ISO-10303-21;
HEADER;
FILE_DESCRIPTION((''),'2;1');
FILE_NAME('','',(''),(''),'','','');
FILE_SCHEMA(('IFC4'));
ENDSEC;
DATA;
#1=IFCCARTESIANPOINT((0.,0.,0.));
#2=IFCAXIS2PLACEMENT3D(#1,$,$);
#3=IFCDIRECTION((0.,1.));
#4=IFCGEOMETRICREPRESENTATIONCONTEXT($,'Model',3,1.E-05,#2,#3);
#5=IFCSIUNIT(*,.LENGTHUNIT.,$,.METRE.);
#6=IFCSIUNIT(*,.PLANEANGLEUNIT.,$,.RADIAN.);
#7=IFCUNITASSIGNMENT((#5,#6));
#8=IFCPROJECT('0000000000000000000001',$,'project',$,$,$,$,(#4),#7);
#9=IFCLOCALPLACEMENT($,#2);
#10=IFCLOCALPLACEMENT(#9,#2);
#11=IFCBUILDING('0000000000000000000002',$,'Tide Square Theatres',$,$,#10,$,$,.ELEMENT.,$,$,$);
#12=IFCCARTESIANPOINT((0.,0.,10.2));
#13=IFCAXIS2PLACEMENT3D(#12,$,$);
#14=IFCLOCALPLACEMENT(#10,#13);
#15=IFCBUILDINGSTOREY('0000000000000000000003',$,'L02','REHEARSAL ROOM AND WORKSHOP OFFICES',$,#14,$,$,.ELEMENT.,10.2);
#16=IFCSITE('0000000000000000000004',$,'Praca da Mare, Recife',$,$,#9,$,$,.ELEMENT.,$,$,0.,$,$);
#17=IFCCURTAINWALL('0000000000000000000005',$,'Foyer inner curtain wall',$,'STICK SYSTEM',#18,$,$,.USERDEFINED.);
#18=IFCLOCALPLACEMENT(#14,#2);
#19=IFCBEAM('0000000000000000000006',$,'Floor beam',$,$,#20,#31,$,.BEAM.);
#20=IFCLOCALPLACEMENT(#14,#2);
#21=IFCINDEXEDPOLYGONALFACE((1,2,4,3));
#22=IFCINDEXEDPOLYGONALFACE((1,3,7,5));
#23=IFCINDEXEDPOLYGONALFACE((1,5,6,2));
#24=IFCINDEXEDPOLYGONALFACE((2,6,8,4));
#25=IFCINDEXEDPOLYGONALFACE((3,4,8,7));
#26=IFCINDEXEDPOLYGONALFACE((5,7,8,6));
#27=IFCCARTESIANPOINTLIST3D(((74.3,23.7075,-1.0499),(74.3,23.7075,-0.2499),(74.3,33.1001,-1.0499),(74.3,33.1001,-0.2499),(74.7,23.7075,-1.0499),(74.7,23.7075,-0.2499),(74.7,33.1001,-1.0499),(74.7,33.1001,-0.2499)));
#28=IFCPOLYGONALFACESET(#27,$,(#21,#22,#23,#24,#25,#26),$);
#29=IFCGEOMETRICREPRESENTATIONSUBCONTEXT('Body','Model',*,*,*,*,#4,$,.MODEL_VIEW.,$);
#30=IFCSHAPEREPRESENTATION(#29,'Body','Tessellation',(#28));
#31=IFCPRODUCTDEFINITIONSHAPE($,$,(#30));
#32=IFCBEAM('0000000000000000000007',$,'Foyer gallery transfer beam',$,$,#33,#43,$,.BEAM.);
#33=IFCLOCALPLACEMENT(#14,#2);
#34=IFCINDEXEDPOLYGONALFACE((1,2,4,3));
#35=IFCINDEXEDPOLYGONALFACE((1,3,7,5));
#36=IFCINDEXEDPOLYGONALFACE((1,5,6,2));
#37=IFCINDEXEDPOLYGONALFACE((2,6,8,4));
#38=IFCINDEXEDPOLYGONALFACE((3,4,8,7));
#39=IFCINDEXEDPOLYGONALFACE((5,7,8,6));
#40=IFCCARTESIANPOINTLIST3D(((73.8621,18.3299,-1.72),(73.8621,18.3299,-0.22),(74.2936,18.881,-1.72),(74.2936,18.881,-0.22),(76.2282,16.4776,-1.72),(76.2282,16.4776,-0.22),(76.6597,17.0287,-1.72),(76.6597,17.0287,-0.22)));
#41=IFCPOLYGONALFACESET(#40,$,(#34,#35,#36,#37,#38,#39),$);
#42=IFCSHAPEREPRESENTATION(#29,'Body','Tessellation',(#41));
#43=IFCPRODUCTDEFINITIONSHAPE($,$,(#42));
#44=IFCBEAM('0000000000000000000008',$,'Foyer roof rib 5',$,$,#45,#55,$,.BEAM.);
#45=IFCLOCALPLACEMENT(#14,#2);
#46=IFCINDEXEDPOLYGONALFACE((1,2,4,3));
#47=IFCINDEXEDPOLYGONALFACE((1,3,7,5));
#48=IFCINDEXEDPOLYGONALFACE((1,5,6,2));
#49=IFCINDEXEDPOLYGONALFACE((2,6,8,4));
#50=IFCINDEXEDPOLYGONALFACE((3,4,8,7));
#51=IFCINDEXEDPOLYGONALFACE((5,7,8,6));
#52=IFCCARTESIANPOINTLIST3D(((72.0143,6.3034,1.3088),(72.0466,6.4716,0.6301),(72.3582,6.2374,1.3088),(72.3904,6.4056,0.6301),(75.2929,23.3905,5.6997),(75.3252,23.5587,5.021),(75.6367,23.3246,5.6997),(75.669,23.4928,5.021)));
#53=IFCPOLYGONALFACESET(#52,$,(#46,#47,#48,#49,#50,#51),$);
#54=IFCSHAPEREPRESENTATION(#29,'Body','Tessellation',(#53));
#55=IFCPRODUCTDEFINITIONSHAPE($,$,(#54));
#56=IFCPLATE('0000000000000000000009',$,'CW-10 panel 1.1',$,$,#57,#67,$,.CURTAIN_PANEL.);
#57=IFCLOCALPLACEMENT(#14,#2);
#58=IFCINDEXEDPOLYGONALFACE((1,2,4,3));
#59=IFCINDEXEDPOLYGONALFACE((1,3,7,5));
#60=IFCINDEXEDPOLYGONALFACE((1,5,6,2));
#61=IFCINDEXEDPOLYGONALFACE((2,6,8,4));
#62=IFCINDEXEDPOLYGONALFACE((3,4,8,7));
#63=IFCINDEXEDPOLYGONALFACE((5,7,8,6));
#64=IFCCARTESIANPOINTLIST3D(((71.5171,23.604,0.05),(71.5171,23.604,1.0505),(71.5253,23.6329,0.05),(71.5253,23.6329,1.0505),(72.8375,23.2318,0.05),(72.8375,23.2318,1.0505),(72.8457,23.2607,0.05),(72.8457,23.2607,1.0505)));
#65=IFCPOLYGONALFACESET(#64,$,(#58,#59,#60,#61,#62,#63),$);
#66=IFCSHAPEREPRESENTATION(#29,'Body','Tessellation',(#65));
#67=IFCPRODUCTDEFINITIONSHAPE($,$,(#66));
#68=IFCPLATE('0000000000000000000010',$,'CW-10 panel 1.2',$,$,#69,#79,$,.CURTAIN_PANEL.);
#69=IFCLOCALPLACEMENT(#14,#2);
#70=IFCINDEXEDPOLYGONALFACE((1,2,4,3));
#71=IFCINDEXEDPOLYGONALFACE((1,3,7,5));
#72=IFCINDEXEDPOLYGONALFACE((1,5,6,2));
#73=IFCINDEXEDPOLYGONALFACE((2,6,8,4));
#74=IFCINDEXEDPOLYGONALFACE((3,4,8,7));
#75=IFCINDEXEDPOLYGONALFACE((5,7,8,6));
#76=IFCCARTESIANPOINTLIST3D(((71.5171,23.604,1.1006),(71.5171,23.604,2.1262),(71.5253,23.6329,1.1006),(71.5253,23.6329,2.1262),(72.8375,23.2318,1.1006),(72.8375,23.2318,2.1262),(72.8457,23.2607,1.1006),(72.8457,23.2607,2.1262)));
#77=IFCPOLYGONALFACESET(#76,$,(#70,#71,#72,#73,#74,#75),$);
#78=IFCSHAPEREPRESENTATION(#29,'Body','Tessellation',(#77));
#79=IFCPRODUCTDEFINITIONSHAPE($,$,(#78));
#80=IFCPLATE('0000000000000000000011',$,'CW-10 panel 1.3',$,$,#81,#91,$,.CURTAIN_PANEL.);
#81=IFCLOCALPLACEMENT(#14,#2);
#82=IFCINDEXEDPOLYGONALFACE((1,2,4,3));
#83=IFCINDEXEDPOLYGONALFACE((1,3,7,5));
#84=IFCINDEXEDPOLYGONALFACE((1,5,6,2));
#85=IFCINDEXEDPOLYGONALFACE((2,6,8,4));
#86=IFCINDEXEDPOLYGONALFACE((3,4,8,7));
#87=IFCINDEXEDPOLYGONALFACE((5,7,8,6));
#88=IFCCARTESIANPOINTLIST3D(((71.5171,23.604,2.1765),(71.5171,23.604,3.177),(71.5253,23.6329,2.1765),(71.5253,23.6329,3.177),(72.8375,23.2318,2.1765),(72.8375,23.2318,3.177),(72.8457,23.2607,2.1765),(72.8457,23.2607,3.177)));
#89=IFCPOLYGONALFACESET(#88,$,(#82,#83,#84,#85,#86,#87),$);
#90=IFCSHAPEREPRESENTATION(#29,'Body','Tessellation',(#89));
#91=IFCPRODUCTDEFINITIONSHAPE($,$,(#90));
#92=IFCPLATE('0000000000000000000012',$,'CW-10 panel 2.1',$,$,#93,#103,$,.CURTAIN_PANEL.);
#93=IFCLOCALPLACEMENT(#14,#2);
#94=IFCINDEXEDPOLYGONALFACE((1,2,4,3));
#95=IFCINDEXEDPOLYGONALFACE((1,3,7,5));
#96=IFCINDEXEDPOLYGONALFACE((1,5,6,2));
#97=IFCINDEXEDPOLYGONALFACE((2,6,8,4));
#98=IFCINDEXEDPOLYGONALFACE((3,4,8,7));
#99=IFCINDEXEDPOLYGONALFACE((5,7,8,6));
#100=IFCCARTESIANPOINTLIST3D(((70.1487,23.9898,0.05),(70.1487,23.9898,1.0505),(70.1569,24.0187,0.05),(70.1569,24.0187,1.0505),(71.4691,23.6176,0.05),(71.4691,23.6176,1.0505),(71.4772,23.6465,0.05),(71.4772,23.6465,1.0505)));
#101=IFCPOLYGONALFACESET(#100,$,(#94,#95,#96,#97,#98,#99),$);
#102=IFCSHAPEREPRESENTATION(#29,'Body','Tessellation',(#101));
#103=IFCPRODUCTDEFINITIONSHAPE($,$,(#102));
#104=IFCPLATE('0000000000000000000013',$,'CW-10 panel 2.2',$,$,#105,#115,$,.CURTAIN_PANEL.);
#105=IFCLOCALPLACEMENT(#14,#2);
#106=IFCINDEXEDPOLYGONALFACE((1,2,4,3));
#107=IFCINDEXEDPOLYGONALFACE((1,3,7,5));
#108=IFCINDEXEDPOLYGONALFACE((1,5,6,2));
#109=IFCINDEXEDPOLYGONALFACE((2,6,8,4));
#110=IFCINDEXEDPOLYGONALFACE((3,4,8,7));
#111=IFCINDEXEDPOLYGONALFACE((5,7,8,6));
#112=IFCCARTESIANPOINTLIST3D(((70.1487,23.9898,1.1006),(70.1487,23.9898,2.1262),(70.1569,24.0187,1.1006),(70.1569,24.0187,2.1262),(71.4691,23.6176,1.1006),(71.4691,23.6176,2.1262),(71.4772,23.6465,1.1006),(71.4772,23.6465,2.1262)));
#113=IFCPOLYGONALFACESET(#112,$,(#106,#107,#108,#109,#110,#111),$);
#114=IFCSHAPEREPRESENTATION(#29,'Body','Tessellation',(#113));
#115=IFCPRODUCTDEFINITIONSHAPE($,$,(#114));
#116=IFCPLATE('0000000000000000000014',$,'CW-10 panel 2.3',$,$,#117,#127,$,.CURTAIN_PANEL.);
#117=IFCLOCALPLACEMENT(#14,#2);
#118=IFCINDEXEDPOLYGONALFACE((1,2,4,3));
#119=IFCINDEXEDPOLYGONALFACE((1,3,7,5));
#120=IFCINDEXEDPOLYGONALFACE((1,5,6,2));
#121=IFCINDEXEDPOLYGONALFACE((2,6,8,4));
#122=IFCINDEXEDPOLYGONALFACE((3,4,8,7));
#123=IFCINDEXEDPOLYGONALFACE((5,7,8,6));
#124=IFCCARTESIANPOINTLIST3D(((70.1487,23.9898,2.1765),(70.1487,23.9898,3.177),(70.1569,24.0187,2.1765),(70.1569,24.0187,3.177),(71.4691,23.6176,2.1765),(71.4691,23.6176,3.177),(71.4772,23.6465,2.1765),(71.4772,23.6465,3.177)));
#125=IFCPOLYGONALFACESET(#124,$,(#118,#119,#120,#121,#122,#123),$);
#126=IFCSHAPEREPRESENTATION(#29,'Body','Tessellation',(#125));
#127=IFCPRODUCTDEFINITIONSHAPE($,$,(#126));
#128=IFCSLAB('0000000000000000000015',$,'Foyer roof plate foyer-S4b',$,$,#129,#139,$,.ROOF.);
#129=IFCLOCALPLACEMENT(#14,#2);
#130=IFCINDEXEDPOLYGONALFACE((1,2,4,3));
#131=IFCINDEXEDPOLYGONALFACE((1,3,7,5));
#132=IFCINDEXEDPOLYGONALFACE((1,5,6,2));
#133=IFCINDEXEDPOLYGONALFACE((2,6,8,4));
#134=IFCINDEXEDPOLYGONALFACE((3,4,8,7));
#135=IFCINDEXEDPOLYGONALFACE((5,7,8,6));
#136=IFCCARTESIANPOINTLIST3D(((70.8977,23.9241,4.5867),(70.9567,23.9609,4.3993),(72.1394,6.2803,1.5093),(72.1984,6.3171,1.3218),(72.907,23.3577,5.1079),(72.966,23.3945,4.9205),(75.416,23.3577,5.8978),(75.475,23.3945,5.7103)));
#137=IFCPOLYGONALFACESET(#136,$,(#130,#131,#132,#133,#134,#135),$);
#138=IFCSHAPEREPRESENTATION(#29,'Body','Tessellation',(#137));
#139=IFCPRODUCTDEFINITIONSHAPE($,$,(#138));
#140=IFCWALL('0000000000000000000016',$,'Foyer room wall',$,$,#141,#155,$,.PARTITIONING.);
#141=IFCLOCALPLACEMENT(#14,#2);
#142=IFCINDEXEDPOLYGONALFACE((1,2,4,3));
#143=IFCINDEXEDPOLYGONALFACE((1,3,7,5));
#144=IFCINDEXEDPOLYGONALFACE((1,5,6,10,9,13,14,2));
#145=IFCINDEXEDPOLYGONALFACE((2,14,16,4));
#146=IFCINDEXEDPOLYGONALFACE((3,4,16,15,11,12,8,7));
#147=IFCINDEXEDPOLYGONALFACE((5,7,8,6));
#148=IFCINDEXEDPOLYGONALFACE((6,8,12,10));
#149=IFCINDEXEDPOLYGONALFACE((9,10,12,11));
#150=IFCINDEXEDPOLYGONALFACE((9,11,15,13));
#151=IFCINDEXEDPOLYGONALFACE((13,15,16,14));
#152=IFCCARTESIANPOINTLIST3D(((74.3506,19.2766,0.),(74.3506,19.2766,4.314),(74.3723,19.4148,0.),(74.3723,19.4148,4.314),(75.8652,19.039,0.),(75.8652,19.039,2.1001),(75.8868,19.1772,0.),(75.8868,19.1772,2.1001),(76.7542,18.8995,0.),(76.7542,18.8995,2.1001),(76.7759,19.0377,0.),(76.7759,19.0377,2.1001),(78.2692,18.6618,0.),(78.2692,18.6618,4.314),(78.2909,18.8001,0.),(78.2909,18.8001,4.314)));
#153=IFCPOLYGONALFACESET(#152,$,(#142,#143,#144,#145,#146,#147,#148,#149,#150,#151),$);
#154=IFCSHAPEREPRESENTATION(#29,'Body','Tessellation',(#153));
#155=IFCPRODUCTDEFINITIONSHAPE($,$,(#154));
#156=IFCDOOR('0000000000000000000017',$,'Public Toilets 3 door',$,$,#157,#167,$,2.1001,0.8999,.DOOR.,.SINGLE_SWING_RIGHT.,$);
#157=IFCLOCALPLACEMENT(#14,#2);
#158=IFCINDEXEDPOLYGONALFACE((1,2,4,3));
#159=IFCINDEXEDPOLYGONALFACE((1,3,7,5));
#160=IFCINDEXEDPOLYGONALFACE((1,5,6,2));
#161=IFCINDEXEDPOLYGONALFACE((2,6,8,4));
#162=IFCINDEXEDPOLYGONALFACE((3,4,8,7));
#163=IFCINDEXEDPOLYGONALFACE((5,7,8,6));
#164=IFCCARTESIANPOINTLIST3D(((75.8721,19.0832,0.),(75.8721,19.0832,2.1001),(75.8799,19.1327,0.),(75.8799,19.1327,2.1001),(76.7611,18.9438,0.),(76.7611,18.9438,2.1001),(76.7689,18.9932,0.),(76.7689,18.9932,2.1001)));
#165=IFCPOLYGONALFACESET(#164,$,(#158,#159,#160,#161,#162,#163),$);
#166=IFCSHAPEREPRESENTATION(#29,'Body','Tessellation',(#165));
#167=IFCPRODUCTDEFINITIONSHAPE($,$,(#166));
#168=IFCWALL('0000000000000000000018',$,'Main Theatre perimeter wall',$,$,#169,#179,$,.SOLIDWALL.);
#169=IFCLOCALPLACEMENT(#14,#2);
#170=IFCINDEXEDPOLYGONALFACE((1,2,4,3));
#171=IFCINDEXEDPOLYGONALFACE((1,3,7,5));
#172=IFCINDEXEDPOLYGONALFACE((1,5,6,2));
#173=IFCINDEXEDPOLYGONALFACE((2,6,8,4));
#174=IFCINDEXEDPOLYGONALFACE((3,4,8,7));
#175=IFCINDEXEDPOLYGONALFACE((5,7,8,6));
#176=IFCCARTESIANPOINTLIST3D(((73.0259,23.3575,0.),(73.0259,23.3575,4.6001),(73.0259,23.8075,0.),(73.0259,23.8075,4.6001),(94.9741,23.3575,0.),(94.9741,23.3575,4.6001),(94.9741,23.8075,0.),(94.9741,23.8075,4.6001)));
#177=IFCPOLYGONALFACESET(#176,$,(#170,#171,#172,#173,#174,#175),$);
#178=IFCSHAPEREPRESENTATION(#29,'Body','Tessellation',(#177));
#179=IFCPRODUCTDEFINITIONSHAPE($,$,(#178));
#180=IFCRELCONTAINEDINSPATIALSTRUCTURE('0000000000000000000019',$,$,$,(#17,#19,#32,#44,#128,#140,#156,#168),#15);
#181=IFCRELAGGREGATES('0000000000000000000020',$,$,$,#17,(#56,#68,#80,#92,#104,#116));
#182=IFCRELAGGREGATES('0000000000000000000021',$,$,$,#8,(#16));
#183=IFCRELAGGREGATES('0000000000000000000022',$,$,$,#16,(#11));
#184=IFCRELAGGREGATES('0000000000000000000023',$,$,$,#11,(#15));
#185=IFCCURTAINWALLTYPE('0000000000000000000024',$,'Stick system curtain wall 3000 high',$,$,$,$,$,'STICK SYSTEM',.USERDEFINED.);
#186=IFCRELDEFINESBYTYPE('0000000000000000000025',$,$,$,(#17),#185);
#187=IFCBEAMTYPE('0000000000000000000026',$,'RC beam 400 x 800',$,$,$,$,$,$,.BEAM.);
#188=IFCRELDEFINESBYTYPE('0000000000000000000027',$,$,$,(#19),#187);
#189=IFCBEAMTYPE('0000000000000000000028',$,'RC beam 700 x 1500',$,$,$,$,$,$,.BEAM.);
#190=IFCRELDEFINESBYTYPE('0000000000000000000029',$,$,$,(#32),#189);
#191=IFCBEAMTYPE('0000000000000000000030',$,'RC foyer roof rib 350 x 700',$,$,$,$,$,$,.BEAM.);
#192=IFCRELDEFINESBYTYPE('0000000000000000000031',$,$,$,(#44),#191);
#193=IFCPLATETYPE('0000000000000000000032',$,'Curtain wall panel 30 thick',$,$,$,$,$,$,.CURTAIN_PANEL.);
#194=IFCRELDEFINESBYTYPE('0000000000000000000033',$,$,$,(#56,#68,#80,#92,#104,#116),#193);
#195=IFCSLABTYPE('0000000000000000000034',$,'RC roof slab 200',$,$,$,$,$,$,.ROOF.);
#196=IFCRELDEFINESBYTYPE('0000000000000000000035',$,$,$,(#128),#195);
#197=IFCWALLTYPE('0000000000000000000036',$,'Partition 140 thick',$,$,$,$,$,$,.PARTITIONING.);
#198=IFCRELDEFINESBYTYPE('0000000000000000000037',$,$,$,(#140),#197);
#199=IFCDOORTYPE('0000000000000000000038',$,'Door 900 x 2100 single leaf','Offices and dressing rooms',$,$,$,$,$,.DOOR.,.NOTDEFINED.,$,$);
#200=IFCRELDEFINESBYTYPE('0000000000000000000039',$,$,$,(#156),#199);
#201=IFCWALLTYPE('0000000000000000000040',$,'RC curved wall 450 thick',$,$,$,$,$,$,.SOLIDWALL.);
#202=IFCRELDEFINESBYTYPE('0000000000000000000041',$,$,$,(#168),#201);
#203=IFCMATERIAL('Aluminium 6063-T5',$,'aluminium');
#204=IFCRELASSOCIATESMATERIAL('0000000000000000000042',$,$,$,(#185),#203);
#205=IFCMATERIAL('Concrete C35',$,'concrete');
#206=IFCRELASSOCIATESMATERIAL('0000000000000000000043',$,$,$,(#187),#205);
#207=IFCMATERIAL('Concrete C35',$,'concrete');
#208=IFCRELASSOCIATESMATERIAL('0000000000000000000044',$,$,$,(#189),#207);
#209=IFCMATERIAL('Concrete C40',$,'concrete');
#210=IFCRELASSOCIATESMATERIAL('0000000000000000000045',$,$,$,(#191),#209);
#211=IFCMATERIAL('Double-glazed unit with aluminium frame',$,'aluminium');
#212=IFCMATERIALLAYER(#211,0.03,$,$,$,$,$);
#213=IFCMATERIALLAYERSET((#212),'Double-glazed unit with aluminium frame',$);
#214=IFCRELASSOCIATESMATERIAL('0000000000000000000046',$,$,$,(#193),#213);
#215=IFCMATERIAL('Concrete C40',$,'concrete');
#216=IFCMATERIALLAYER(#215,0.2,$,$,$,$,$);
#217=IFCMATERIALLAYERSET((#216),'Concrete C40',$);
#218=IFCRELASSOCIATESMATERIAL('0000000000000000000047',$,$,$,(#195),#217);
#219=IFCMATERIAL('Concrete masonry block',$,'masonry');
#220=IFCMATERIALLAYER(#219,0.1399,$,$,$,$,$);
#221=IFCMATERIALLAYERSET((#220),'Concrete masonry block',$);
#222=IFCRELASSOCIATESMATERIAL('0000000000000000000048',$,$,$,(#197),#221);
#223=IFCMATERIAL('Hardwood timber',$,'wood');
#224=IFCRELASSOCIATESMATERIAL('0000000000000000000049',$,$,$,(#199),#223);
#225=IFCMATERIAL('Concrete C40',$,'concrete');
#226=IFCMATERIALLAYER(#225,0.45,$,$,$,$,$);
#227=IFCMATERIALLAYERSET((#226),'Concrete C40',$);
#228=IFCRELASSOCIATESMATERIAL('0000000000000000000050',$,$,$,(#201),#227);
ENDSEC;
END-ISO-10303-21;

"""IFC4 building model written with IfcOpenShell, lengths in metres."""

from ifc_helpers import new_model, si_unit, direction, frame, frame_2d, origin, origin_2d, place, context, subcontext, project, spatial, polyline, rectangle, outline, extrude, material, layer, layer_set, material_profile, profile_set, type_object, element, fill, aggregate, save


model = new_model("IFC4")

# Units and contexts
model_context = context("Model", 3, precision=1e-05, world=origin(), true_north=direction((0.0, 1.0)))
body_context = subcontext(model_context, "Body", "Model", "MODEL_VIEW")
ifc_project = project(units=[si_unit("LENGTHUNIT", "METRE"), si_unit("PLANEANGLEUNIT", "RADIAN")], contexts=[model_context])

# Site, building, storey
site_placement = place(None, origin())
site = spatial("IfcSite", under=ifc_project, at=site_placement, Name="Praca da Mare, Recife", CompositionType="ELEMENT", RefElevation=0.0)
building_placement = place(site_placement, origin())
building = spatial("IfcBuilding", under=site, at=building_placement, Name="Tide Square Theatres", CompositionType="ELEMENT")
storey_placement = place(building_placement, frame((0.0, 0.0, 10.2)))
storey = spatial("IfcBuildingStorey", under=building, at=storey_placement, Name="L02", Description="REHEARSAL ROOM AND WORKSHOP OFFICES", CompositionType="ELEMENT", Elevation=10.2)

# Curtain wall
ifc_material_1 = material(Name="Aluminium 6063-T5", Category="aluminium")
curtain_wall_type = type_object("IfcCurtainWallType", Name="Stick system curtain wall 3000 high", ElementType="STICK SYSTEM", PredefinedType="USERDEFINED", material=ifc_material_1)
curtain_wall_placement = place(storey_placement, origin())
curtain_wall = element("IfcCurtainWall", 1, at=curtain_wall_placement, inside=storey, type_object=curtain_wall_type, Name="Foyer inner curtain wall", ObjectType="STICK SYSTEM", PredefinedType="USERDEFINED")

# Beams
ifc_material_2 = material(Name="Concrete C35", Category="concrete")
ifc_material_profile_1 = material_profile(ifc_material_2, rectangle(XDim=0.3999, YDim=0.8, at=origin_2d()))
ifc_profile_set_1 = profile_set([ifc_material_profile_1], Name="Concrete C35")
beam_type_1 = type_object("IfcBeamType", Name="RC beam 400 x 800", PredefinedType="BEAM", material=ifc_profile_set_1)
beam_1_placement = place(storey_placement, frame((74.5, 23.7075, -0.6499), z_axis=(0.0, 1.0, 0.0), x_axis=(-1.0, 0.0, 0.0)))
element("IfcBeam", 2, at=beam_1_placement, inside=storey, type_object=beam_type_1, Name="Floor beam", PredefinedType="BEAM", context=body_context, shape_type="SweptSolid", body=[
    extrude(rectangle(XDim=0.3999, YDim=0.8, at=origin_2d()), origin(), (0.0, 0.0, 1.0), 9.3926),
])
ifc_material_3 = material(Name="Concrete C35", Category="concrete")
ifc_material_profile_2 = material_profile(ifc_material_3, rectangle(XDim=0.7, YDim=1.5, at=origin_2d()))
ifc_profile_set_2 = profile_set([ifc_material_profile_2], Name="Concrete C35")
beam_type_2 = type_object("IfcBeamType", Name="RC beam 700 x 1500", PredefinedType="BEAM", material=ifc_profile_set_2)
beam_2_placement = place(storey_placement, frame((74.0779, 18.6055, -0.97), z_axis=(0.787397, -0.616446, 0.0), x_axis=(0.616446, 0.787397, 0.0)))
element("IfcBeam", 3, at=beam_2_placement, inside=storey, type_object=beam_type_2, Name="Foyer gallery transfer beam", PredefinedType="BEAM", context=body_context, shape_type="SweptSolid", body=[
    extrude(rectangle(XDim=0.7, YDim=1.5, at=origin_2d()), origin(), (0.0, 0.0, 1.0), 3.0049),
])
ifc_material_4 = material(Name="Concrete C40", Category="concrete")
ifc_material_profile_3 = material_profile(ifc_material_4, rectangle(XDim=0.3501, YDim=0.7, at=origin_2d()))
ifc_profile_set_3 = profile_set([ifc_material_profile_3], Name="Concrete C40")
beam_type_3 = type_object("IfcBeamType", Name="RC foyer roof rib 350 x 700", PredefinedType="BEAM", material=ifc_profile_set_3)
beam_3_placement = place(storey_placement, frame((75.481, 23.4417, 5.3604), z_axis=(-0.182707, -0.952231, -0.244694), x_axis=(0.982086, -0.188436, 0.0)))
element("IfcBeam", 4, at=beam_3_placement, inside=storey, type_object=beam_type_3, Name="Foyer roof rib 5", PredefinedType="BEAM", context=body_context, shape_type="SweptSolid", body=[
    extrude(rectangle(XDim=0.3501, YDim=0.7, at=origin_2d()), origin(), (0.0, 0.0, 1.0), 17.9443),
])

# Plates
ifc_material_5 = material(Name="Double-glazed unit with aluminium frame", Category="aluminium")
ifc_layer_1 = layer(ifc_material_5, 0.03)
ifc_layer_set_1 = layer_set([ifc_layer_1], Name="Double-glazed unit with aluminium frame")
plate_type = type_object("IfcPlateType", Name="Curtain wall panel 30 thick", PredefinedType="CURTAIN_PANEL", material=ifc_layer_set_1)
plate_1_placement = place(storey_placement, frame((72.1814, 23.4324, 0.05), z_axis=(0.0, 0.0, 1.0), x_axis=(-0.962487, 0.271328, 0.0)))
plate_1 = element("IfcPlate", 5, at=plate_1_placement, type_object=plate_type, Name="CW-10 panel 1.1", PredefinedType="CURTAIN_PANEL", context=body_context, shape_type="SweptSolid", body=[
    extrude(rectangle(XDim=1.3718, YDim=0.03, at=origin_2d()), origin(), (0.0, 0.0, 1.0), 1.0005),
])
plate_2_placement = place(storey_placement, frame((72.1814, 23.4324, 1.1006), z_axis=(0.0, 0.0, 1.0), x_axis=(-0.962487, 0.271328, 0.0)))
plate_2 = element("IfcPlate", 6, at=plate_2_placement, type_object=plate_type, Name="CW-10 panel 1.2", PredefinedType="CURTAIN_PANEL", context=body_context, shape_type="SweptSolid", body=[
    extrude(rectangle(XDim=1.3718, YDim=0.03, at=origin_2d()), origin(), (0.0, 0.0, 1.0), 1.0256),
])
plate_3_placement = place(storey_placement, frame((72.1814, 23.4324, 2.1765), z_axis=(0.0, 0.0, 1.0), x_axis=(-0.962487, 0.271328, 0.0)))
plate_3 = element("IfcPlate", 7, at=plate_3_placement, type_object=plate_type, Name="CW-10 panel 1.3", PredefinedType="CURTAIN_PANEL", context=body_context, shape_type="SweptSolid", body=[
    extrude(rectangle(XDim=1.3718, YDim=0.03, at=origin_2d()), origin(), (0.0, 0.0, 1.0), 1.0005),
])
plate_4_placement = place(storey_placement, frame((70.813, 23.8181, 0.05), z_axis=(0.0, 0.0, 1.0), x_axis=(-0.962487, 0.271328, 0.0)))
plate_4 = element("IfcPlate", 8, at=plate_4_placement, type_object=plate_type, Name="CW-10 panel 2.1", PredefinedType="CURTAIN_PANEL", context=body_context, shape_type="SweptSolid", body=[
    extrude(rectangle(XDim=1.3718, YDim=0.03, at=origin_2d()), origin(), (0.0, 0.0, 1.0), 1.0005),
])
plate_5_placement = place(storey_placement, frame((70.813, 23.8181, 1.1006), z_axis=(0.0, 0.0, 1.0), x_axis=(-0.962487, 0.271328, 0.0)))
plate_5 = element("IfcPlate", 9, at=plate_5_placement, type_object=plate_type, Name="CW-10 panel 2.2", PredefinedType="CURTAIN_PANEL", context=body_context, shape_type="SweptSolid", body=[
    extrude(rectangle(XDim=1.3718, YDim=0.03, at=origin_2d()), origin(), (0.0, 0.0, 1.0), 1.0256),
])
plate_6_placement = place(storey_placement, frame((70.813, 23.8181, 2.1765), z_axis=(0.0, 0.0, 1.0), x_axis=(-0.962487, 0.271328, 0.0)))
plate_6 = element("IfcPlate", 10, at=plate_6_placement, type_object=plate_type, Name="CW-10 panel 2.3", PredefinedType="CURTAIN_PANEL", context=body_context, shape_type="SweptSolid", body=[
    extrude(rectangle(XDim=1.3718, YDim=0.03, at=origin_2d()), origin(), (0.0, 0.0, 1.0), 1.0005),
])
aggregate(curtain_wall, [plate_1, plate_2, plate_3, plate_4, plate_5, plate_6])

# Slab
ifc_material_6 = material(Name="Concrete C40", Category="concrete")
ifc_layer_2 = layer(ifc_material_6, 0.2)
ifc_layer_set_2 = layer_set([ifc_layer_2], Name="Concrete C40")
slab_type = type_object("IfcSlabType", Name="RC roof slab 200", PredefinedType="ROOF", material=ifc_layer_set_2)
slab_placement = place(storey_placement, frame((72.907, 23.3577, 5.1079), z_axis=(-0.295132, -0.184292, 0.937514), x_axis=(-0.933828, 0.263235, -0.242226)))
element("IfcSlab", 11, at=slab_placement, inside=storey, type_object=slab_type, Name="Foyer roof plate foyer-S4b", PredefinedType="ROOF", context=body_context, shape_type="SweptSolid", body=[
    extrude(outline(polyline([(0.0, 0.0), (2.1517, 0.0), (-2.9069, 17.2258), (-2.5343, -0.7045), (0.0, 0.0)])), origin(), (0.0, 0.0, -1.0), 0.2),
])

# Wall, opening, door
ifc_material_7 = material(Name="Concrete masonry block", Category="masonry")
ifc_layer_3 = layer(ifc_material_7, 0.1399)
ifc_layer_set_3 = layer_set([ifc_layer_3], Name="Concrete masonry block")
wall_type_1 = type_object("IfcWallType", Name="Partition 140 thick", PredefinedType="PARTITIONING", material=ifc_layer_set_3)
wall_1_placement = place(storey_placement, frame((74.3613, 19.3457, 0.0), z_axis=(0.0, 0.0, 1.0), x_axis=(0.987918, -0.15498, 0.0)))
wall_1 = element("IfcWall", 12, at=wall_1_placement, inside=storey, type_object=wall_type_1, Name="Foyer room wall", PredefinedType="PARTITIONING", context=body_context, shape_type="SweptSolid", body=[
    extrude(rectangle(XDim=3.9666, YDim=0.1399, at=frame_2d((1.9834, 0.0))), origin(), (0.0, 0.0, 1.0), 4.314),
])
opening_placement = place(wall_1_placement, frame((1.5332, 0.0, 0.0)))
opening = element("IfcOpeningElement", 13, at=opening_placement, cuts=wall_1, PredefinedType="OPENING", context=body_context, shape_type="SweptSolid", body=[
    extrude(rectangle(XDim=0.8999, YDim=2.1001, at=frame_2d((0.45, 1.05))), frame((0.0, 0.0798, 0.0), z_axis=(0.0, -1.0, 0.0), x_axis=(1.0, 0.0, 0.0)), (0.0, 0.0, 1.0), 0.1599),
])
ifc_material_8 = material(Name="Hardwood timber", Category="wood")
door_type = type_object("IfcDoorType", Name="Door 900 x 2100 single leaf", Description="Offices and dressing rooms", OperationType="NOTDEFINED", PredefinedType="DOOR", material=ifc_material_8)
door_placement = place(opening_placement, origin())
door = element("IfcDoor", 14, at=door_placement, inside=storey, type_object=door_type, Name="Public Toilets 3 door", OperationType="SINGLE_SWING_RIGHT", OverallHeight=2.1001, OverallWidth=0.8999, PredefinedType="DOOR", context=body_context, shape_type="SweptSolid", body=[
    extrude(rectangle(XDim=0.8999, YDim=2.1001, at=frame_2d((0.45, 1.05))), frame((0.0, 0.0249, 0.0), z_axis=(0.0, -1.0, 0.0), x_axis=(1.0, 0.0, 0.0)), (0.0, 0.0, 1.0), 0.05),
])
fill(opening, door)

# Wall
ifc_material_9 = material(Name="Concrete C40", Category="concrete")
ifc_layer_4 = layer(ifc_material_9, 0.45)
ifc_layer_set_4 = layer_set([ifc_layer_4], Name="Concrete C40")
wall_type_2 = type_object("IfcWallType", Name="RC curved wall 450 thick", PredefinedType="SOLIDWALL", material=ifc_layer_set_4)
wall_2_placement = place(storey_placement, frame((73.0259, 23.5825, 0.0), z_axis=(0.0, 0.0, 1.0), x_axis=(1.0, 0.0, 0.0)))
element("IfcWall", 15, at=wall_2_placement, inside=storey, type_object=wall_type_2, Name="Main Theatre perimeter wall", PredefinedType="SOLIDWALL", context=body_context, shape_type="SweptSolid", body=[
    extrude(rectangle(XDim=21.9482, YDim=0.45, at=frame_2d((10.9741, 0.0))), origin(), (0.0, 0.0, 1.0), 4.6001),
])

save(model, "model.ifc")
